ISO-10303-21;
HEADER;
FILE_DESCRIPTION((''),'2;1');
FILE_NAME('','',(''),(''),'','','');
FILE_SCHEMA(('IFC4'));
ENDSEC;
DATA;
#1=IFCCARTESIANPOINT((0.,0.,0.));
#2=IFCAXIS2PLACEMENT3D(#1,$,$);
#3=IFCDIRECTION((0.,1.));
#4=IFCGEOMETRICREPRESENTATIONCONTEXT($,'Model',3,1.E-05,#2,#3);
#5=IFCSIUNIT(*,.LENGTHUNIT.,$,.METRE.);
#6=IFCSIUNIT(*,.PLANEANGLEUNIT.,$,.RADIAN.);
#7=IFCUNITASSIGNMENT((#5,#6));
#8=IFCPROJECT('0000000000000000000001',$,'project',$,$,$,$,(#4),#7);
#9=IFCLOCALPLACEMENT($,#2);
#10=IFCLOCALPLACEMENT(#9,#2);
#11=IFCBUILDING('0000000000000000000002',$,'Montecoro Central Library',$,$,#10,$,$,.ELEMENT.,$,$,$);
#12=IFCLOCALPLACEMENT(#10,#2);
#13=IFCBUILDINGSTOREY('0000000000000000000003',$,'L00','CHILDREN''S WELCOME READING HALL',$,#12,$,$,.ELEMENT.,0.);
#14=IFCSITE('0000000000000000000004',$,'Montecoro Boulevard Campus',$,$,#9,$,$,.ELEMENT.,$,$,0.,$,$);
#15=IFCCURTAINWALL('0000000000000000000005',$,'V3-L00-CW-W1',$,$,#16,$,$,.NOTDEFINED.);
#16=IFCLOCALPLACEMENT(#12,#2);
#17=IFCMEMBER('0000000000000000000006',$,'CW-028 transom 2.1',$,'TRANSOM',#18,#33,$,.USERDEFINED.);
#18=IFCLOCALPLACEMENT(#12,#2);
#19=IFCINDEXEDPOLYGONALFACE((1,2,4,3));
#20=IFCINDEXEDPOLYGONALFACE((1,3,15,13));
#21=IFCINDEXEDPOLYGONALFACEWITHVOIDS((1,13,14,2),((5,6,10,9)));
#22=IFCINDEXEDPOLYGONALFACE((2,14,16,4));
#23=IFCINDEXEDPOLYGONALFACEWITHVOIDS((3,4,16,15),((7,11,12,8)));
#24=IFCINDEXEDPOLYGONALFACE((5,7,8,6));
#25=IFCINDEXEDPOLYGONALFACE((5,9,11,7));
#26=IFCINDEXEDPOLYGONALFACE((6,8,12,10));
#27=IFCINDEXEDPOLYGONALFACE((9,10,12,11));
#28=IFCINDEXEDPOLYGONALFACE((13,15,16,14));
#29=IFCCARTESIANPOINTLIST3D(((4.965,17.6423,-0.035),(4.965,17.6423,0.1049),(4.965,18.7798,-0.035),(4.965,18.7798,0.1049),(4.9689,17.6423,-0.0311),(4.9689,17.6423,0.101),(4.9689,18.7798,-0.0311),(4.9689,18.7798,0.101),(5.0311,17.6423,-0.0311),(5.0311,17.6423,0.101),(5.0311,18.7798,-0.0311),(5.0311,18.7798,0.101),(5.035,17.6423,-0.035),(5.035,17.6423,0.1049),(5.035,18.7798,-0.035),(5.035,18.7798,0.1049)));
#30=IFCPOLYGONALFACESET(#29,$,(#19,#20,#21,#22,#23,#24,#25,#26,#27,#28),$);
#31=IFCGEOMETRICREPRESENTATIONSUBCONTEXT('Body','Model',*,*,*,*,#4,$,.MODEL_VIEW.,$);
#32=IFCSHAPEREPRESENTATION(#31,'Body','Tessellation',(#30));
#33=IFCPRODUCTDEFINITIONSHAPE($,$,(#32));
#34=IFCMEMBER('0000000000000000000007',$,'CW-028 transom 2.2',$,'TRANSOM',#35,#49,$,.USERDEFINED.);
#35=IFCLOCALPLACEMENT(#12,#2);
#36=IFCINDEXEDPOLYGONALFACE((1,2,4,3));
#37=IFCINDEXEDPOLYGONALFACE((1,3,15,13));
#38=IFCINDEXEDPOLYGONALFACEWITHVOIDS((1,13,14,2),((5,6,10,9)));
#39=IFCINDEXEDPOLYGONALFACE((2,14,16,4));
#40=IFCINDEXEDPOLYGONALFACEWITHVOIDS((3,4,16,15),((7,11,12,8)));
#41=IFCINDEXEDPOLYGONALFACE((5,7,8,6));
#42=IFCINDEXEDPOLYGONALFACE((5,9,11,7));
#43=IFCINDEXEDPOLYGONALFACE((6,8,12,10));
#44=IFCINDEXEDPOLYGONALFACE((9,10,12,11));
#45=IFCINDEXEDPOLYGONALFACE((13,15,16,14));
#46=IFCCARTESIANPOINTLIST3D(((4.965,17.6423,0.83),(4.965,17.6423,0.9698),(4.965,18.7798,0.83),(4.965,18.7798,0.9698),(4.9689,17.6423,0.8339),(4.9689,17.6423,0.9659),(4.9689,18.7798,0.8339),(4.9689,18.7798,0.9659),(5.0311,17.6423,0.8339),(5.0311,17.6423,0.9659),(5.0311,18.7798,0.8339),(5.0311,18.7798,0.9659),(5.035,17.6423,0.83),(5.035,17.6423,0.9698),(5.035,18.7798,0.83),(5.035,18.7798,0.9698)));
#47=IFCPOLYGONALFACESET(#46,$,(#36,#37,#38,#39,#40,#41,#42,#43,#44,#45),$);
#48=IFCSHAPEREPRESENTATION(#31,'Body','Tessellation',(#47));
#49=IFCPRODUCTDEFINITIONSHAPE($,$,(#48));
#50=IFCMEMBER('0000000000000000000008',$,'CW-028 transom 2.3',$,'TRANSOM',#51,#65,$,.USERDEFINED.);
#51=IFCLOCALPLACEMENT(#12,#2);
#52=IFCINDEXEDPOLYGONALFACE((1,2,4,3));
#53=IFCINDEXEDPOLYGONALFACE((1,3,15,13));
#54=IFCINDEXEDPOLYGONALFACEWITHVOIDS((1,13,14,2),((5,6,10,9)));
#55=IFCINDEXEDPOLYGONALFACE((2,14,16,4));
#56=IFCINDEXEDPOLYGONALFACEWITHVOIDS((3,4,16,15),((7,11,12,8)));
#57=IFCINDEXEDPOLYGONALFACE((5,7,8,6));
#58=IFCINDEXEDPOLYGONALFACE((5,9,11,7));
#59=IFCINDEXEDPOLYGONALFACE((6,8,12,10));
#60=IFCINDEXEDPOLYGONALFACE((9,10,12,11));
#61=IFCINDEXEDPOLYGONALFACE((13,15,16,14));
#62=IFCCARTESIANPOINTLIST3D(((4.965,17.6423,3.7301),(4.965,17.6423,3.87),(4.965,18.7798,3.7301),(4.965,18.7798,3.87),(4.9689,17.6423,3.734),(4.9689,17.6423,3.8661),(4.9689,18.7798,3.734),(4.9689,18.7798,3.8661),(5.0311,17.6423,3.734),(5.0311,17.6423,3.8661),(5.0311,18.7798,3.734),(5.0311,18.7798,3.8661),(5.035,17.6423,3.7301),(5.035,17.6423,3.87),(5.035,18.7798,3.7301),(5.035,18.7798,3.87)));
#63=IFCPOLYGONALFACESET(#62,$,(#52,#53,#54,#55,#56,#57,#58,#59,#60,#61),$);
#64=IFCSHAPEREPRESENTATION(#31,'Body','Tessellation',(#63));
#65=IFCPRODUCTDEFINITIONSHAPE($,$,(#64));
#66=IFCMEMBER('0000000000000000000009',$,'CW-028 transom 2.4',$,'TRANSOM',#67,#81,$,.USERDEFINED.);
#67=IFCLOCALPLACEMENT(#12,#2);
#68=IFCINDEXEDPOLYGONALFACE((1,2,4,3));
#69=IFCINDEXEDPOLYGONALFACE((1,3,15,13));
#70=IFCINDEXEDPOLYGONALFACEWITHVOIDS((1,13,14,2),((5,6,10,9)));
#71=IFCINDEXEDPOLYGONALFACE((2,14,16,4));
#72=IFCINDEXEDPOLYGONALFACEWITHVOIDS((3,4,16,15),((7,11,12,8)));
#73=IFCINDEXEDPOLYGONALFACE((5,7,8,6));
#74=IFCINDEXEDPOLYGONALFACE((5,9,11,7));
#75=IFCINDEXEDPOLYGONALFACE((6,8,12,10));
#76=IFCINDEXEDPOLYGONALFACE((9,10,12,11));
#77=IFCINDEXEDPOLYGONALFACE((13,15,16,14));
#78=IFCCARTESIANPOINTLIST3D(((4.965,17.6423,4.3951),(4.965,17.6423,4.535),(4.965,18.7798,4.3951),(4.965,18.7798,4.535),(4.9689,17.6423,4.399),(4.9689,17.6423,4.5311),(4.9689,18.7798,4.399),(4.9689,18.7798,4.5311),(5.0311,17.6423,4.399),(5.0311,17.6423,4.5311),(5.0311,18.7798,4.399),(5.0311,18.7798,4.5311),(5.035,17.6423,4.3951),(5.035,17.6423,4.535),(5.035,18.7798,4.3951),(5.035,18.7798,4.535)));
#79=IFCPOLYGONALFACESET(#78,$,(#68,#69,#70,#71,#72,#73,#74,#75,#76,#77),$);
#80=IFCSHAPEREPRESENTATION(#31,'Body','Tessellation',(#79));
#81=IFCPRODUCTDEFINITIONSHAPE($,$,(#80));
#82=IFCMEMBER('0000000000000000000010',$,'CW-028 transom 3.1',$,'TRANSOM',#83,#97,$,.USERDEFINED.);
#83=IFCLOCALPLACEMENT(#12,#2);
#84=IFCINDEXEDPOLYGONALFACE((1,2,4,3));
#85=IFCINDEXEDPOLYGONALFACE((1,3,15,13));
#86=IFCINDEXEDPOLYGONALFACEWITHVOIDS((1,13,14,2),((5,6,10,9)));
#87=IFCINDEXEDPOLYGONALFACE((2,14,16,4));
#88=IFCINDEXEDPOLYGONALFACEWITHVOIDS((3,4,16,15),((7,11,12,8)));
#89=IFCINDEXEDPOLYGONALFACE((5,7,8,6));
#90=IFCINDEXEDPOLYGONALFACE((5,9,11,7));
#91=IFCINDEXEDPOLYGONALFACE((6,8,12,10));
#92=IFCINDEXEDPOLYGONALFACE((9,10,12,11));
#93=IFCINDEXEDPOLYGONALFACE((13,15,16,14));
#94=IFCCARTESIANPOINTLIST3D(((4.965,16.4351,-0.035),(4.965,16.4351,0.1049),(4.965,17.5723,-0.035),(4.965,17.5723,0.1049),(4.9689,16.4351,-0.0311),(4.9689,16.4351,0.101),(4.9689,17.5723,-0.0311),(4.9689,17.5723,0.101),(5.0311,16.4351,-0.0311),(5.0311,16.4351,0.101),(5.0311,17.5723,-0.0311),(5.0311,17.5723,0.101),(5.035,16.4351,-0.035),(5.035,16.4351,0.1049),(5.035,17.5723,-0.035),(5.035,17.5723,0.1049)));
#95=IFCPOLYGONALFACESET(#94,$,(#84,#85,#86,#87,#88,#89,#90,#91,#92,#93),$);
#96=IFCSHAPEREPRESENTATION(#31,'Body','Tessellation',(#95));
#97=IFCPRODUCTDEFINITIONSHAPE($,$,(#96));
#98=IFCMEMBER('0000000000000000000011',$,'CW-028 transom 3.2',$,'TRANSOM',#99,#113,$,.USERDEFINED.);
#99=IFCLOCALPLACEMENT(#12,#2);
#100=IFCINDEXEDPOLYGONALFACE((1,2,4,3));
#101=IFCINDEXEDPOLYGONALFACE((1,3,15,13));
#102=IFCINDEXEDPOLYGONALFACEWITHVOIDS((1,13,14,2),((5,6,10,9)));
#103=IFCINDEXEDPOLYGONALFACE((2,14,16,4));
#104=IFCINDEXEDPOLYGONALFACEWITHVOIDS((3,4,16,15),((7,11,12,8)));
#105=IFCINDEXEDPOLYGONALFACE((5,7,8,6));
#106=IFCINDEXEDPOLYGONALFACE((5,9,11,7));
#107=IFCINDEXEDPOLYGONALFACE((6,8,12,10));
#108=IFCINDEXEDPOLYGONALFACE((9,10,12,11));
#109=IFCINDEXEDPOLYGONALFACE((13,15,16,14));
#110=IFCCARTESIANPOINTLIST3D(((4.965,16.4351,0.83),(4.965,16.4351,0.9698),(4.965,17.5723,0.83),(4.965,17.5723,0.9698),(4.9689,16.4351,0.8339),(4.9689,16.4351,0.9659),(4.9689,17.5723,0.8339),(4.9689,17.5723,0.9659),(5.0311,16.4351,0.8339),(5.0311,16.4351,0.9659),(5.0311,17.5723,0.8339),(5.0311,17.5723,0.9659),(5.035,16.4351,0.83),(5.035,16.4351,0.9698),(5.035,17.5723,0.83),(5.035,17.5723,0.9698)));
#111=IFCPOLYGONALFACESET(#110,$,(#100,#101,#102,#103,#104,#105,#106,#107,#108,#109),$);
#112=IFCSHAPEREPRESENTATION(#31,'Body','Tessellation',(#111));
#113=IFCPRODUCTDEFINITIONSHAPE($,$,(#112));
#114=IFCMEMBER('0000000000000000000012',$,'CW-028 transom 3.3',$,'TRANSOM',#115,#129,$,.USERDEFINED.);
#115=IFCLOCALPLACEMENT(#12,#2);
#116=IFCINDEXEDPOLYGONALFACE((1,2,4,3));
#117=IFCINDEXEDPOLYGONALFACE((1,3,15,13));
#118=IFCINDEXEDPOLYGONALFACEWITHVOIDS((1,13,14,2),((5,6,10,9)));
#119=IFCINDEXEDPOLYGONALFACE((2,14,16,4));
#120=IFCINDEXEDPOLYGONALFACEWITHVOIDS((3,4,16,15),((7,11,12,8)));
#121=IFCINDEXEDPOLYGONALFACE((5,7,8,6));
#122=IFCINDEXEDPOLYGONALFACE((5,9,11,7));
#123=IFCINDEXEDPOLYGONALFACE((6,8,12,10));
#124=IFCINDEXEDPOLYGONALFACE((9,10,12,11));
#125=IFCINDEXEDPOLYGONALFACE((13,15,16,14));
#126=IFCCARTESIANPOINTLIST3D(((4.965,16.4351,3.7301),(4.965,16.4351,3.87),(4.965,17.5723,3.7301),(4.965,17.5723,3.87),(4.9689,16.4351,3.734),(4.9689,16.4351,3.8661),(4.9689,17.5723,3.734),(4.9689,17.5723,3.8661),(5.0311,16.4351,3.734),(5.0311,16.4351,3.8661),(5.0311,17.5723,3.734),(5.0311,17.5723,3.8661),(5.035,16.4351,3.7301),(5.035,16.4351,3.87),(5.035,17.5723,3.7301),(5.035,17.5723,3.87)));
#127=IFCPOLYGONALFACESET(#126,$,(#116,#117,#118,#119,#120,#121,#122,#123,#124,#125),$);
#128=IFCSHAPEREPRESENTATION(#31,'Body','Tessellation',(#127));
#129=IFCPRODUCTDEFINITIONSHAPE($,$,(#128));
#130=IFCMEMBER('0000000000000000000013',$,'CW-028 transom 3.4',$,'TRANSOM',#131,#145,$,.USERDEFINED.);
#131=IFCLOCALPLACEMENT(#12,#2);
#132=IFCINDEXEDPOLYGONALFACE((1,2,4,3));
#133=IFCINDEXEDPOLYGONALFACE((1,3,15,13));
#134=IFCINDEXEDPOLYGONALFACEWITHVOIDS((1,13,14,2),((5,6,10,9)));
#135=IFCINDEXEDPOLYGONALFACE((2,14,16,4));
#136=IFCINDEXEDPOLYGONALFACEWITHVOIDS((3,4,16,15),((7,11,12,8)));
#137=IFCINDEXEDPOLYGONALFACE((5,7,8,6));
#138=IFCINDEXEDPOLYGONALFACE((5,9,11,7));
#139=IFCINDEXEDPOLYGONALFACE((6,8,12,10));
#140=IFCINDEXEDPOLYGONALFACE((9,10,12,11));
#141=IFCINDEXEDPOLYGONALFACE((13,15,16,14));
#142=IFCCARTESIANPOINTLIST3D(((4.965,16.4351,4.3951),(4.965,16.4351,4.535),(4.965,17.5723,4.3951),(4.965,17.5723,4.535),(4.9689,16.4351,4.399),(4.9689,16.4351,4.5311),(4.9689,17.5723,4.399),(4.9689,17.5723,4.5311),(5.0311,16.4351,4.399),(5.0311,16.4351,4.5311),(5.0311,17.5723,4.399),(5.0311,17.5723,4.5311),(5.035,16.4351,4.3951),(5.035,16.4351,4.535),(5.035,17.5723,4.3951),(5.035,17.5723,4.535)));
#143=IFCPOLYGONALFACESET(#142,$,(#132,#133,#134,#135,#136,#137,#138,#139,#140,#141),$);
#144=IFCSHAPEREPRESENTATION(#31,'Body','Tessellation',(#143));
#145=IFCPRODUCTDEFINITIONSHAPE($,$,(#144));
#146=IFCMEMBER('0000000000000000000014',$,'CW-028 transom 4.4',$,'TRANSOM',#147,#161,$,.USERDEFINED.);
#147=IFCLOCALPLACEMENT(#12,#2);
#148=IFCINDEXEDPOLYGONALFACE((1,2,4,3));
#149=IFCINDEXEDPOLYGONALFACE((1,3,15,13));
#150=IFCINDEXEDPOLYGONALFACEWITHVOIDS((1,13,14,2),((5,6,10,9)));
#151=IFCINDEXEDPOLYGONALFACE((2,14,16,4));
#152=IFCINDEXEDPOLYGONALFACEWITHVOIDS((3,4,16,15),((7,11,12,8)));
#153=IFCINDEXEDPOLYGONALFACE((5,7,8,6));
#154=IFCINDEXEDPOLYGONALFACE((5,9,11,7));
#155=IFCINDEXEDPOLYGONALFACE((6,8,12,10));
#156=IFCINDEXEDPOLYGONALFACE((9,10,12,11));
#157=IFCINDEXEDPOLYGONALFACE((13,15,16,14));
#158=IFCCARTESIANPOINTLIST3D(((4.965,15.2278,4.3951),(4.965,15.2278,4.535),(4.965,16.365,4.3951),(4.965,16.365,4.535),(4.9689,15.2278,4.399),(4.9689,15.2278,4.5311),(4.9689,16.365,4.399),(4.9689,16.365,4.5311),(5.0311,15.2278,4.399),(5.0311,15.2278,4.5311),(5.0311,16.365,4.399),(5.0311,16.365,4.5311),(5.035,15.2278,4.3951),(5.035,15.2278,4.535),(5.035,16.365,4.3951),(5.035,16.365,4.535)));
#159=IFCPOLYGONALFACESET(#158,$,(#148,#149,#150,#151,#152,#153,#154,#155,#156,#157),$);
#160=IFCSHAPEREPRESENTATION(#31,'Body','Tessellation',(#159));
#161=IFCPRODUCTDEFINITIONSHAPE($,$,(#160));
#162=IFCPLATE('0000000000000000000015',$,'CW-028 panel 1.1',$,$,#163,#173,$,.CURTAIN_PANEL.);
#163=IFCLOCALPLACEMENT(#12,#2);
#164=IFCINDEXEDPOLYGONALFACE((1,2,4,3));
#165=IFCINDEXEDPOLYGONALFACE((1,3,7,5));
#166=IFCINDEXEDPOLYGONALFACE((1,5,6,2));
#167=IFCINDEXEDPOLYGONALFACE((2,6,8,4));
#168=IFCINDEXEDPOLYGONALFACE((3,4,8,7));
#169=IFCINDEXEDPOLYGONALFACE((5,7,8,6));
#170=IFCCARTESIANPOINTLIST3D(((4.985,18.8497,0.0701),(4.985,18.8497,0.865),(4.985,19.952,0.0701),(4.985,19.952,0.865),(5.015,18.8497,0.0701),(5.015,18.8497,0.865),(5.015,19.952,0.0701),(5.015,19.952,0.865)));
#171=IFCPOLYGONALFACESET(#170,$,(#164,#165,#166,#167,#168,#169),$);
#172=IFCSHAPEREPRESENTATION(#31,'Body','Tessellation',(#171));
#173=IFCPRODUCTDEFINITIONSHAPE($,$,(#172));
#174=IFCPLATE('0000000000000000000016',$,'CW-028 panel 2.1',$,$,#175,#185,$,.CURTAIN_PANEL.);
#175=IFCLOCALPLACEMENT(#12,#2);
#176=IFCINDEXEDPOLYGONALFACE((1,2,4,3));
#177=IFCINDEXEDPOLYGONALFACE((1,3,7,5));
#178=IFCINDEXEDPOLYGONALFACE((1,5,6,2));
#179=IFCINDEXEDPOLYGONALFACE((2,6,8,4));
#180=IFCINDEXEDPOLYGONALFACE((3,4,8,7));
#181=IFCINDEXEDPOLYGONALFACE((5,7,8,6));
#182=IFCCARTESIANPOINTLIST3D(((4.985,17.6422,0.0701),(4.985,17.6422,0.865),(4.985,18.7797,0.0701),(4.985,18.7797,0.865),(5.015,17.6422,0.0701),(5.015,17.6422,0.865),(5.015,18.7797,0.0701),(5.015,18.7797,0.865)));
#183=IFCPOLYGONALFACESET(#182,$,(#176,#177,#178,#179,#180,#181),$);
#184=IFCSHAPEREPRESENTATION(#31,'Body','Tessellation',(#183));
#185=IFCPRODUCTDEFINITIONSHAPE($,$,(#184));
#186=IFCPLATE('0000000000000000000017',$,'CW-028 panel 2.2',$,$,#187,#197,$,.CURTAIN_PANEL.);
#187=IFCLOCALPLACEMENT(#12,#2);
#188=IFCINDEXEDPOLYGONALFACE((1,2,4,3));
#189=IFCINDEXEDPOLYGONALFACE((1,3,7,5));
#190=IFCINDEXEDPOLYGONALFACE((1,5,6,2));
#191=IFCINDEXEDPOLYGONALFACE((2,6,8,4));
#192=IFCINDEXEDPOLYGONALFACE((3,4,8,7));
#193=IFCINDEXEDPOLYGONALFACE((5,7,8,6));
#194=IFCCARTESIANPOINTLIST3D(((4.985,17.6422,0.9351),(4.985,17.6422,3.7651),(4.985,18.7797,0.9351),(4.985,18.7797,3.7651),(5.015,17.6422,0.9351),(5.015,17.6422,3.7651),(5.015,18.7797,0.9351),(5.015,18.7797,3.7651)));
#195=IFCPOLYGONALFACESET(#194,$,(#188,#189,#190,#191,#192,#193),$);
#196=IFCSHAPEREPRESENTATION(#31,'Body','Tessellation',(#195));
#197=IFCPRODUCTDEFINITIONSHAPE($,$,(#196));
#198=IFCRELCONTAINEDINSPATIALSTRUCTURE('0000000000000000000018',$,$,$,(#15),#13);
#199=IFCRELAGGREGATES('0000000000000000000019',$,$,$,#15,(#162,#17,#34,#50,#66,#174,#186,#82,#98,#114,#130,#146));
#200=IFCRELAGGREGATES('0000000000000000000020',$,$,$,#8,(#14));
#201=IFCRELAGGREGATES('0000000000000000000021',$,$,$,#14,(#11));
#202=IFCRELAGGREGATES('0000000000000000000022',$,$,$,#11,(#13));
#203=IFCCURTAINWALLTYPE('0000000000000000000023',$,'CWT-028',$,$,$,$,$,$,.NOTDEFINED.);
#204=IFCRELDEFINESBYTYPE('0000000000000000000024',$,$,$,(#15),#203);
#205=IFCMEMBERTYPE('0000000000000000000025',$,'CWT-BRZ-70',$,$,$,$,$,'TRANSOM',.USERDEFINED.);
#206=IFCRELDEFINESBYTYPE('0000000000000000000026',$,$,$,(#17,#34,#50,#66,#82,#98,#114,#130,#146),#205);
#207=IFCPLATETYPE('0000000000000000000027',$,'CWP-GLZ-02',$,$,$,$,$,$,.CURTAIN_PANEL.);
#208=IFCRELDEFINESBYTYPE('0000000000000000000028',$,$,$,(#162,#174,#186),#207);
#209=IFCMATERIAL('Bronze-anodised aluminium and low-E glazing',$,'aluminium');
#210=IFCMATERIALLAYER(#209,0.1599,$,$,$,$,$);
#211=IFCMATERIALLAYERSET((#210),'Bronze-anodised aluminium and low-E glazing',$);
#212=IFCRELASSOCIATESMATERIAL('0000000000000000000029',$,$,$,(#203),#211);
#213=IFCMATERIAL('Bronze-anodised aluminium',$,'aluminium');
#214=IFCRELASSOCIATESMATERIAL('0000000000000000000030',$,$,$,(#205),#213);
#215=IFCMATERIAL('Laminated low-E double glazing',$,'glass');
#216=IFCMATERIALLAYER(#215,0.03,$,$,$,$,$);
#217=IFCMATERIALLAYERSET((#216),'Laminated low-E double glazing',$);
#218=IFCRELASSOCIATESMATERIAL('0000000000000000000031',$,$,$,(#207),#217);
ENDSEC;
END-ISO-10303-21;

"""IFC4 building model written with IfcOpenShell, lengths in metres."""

from ifc_helpers import new_model, si_unit, direction, frame, origin, origin_2d, place, context, subcontext, project, spatial, rectangle, hollow_rectangle, extrude, material, layer, layer_set, material_profile, profile_set, type_object, element, aggregate, save


model = new_model("IFC4")

# Units and contexts
model_context = context("Model", 3, precision=1e-05, world=origin(), true_north=direction((0.0, 1.0)))
body_context = subcontext(model_context, "Body", "Model", "MODEL_VIEW")
ifc_project = project(units=[si_unit("LENGTHUNIT", "METRE"), si_unit("PLANEANGLEUNIT", "RADIAN")], contexts=[model_context])

# Site, building, storey
site_placement = place(None, origin())
site = spatial("IfcSite", under=ifc_project, at=site_placement, Name="Montecoro Boulevard Campus", CompositionType="ELEMENT", RefElevation=0.0)
building_placement = place(site_placement, origin())
building = spatial("IfcBuilding", under=site, at=building_placement, Name="Montecoro Central Library", CompositionType="ELEMENT")
storey_placement = place(building_placement, origin())
storey = spatial("IfcBuildingStorey", under=building, at=storey_placement, Name="L00", Description="CHILDREN'S WELCOME READING HALL", CompositionType="ELEMENT", Elevation=0.0)

# Curtain wall, members, plates
ifc_material_1 = material(Name="Bronze-anodised aluminium and low-E glazing", Category="aluminium")
ifc_layer_1 = layer(ifc_material_1, 0.1599)
ifc_layer_set_1 = layer_set([ifc_layer_1], Name="Bronze-anodised aluminium and low-E glazing")
curtain_wall_type = type_object("IfcCurtainWallType", Name="CWT-028", PredefinedType="NOTDEFINED", material=ifc_layer_set_1)
curtain_wall_placement = place(storey_placement, origin())
curtain_wall = element("IfcCurtainWall", 1, at=curtain_wall_placement, inside=storey, type_object=curtain_wall_type, Name="V3-L00-CW-W1", PredefinedType="NOTDEFINED")
ifc_material_2 = material(Name="Bronze-anodised aluminium", Category="aluminium")
ifc_material_profile_1 = material_profile(ifc_material_2, hollow_rectangle(XDim=0.0701, YDim=0.1399, WallThickness=0.0039, at=origin_2d()), Name="CWT 140x70x4.0")
ifc_profile_set_1 = profile_set([ifc_material_profile_1], Name="Bronze-anodised aluminium")
member_type_1 = type_object("IfcMemberType", Name="CWT-BRZ-70", ElementType="TRANSOM", PredefinedType="USERDEFINED", material=ifc_profile_set_1)
member_1_placement = place(storey_placement, frame((5.0, 18.7798, 0.0349), z_axis=(0.0, -1.0, 0.0), x_axis=(1.0, 0.0, 0.0)))
member_1 = element("IfcMember", 2, at=member_1_placement, type_object=member_type_1, Name="CW-028 transom 2.1", ObjectType="TRANSOM", PredefinedType="USERDEFINED", context=body_context, shape_type="SweptSolid", body=[
    extrude(hollow_rectangle(XDim=0.0701, YDim=0.1399, WallThickness=0.0039, at=origin_2d()), origin(), (0.0, 0.0, 1.0), 1.1375),
])
member_2_placement = place(storey_placement, frame((5.0, 18.7798, 0.8999), z_axis=(0.0, -1.0, 0.0), x_axis=(1.0, 0.0, 0.0)))
member_2 = element("IfcMember", 3, at=member_2_placement, type_object=member_type_1, Name="CW-028 transom 2.2", ObjectType="TRANSOM", PredefinedType="USERDEFINED", context=body_context, shape_type="SweptSolid", body=[
    extrude(hollow_rectangle(XDim=0.0701, YDim=0.1399, WallThickness=0.0039, at=origin_2d()), origin(), (0.0, 0.0, 1.0), 1.1375),
])
member_3_placement = place(storey_placement, frame((5.0, 18.7798, 3.8), z_axis=(0.0, -1.0, 0.0), x_axis=(1.0, 0.0, 0.0)))
member_3 = element("IfcMember", 4, at=member_3_placement, type_object=member_type_1, Name="CW-028 transom 2.3", ObjectType="TRANSOM", PredefinedType="USERDEFINED", context=body_context, shape_type="SweptSolid", body=[
    extrude(hollow_rectangle(XDim=0.0701, YDim=0.1399, WallThickness=0.0039, at=origin_2d()), origin(), (0.0, 0.0, 1.0), 1.1375),
])
member_4_placement = place(storey_placement, frame((5.0, 18.7798, 4.4651), z_axis=(0.0, -1.0, 0.0), x_axis=(1.0, 0.0, 0.0)))
member_4 = element("IfcMember", 5, at=member_4_placement, type_object=member_type_1, Name="CW-028 transom 2.4", ObjectType="TRANSOM", PredefinedType="USERDEFINED", context=body_context, shape_type="SweptSolid", body=[
    extrude(hollow_rectangle(XDim=0.0701, YDim=0.1399, WallThickness=0.0039, at=origin_2d()), origin(), (0.0, 0.0, 1.0), 1.1375),
])
member_5_placement = place(storey_placement, frame((5.0, 17.5723, 0.0349), z_axis=(0.0, -1.0, 0.0), x_axis=(1.0, 0.0, 0.0)))
member_5 = element("IfcMember", 6, at=member_5_placement, type_object=member_type_1, Name="CW-028 transom 3.1", ObjectType="TRANSOM", PredefinedType="USERDEFINED", context=body_context, shape_type="SweptSolid", body=[
    extrude(hollow_rectangle(XDim=0.0701, YDim=0.1399, WallThickness=0.0039, at=origin_2d()), origin(), (0.0, 0.0, 1.0), 1.1372),
])
member_6_placement = place(storey_placement, frame((5.0, 17.5723, 0.8999), z_axis=(0.0, -1.0, 0.0), x_axis=(1.0, 0.0, 0.0)))
member_6 = element("IfcMember", 7, at=member_6_placement, type_object=member_type_1, Name="CW-028 transom 3.2", ObjectType="TRANSOM", PredefinedType="USERDEFINED", context=body_context, shape_type="SweptSolid", body=[
    extrude(hollow_rectangle(XDim=0.0701, YDim=0.1399, WallThickness=0.0039, at=origin_2d()), origin(), (0.0, 0.0, 1.0), 1.1372),
])
member_7_placement = place(storey_placement, frame((5.0, 17.5723, 3.8), z_axis=(0.0, -1.0, 0.0), x_axis=(1.0, 0.0, 0.0)))
member_7 = element("IfcMember", 8, at=member_7_placement, type_object=member_type_1, Name="CW-028 transom 3.3", ObjectType="TRANSOM", PredefinedType="USERDEFINED", context=body_context, shape_type="SweptSolid", body=[
    extrude(hollow_rectangle(XDim=0.0701, YDim=0.1399, WallThickness=0.0039, at=origin_2d()), origin(), (0.0, 0.0, 1.0), 1.1372),
])
member_8_placement = place(storey_placement, frame((5.0, 17.5723, 4.4651), z_axis=(0.0, -1.0, 0.0), x_axis=(1.0, 0.0, 0.0)))
member_8 = element("IfcMember", 9, at=member_8_placement, type_object=member_type_1, Name="CW-028 transom 3.4", ObjectType="TRANSOM", PredefinedType="USERDEFINED", context=body_context, shape_type="SweptSolid", body=[
    extrude(hollow_rectangle(XDim=0.0701, YDim=0.1399, WallThickness=0.0039, at=origin_2d()), origin(), (0.0, 0.0, 1.0), 1.1372),
])
member_9_placement = place(storey_placement, frame((5.0, 16.365, 4.4651), z_axis=(0.0, -1.0, 0.0), x_axis=(1.0, 0.0, 0.0)))
member_9 = element("IfcMember", 10, at=member_9_placement, type_object=member_type_1, Name="CW-028 transom 4.4", ObjectType="TRANSOM", PredefinedType="USERDEFINED", context=body_context, shape_type="SweptSolid", body=[
    extrude(hollow_rectangle(XDim=0.0701, YDim=0.1399, WallThickness=0.0039, at=origin_2d()), origin(), (0.0, 0.0, 1.0), 1.1372),
])
ifc_material_3 = material(Name="Laminated low-E double glazing", Category="glass")
ifc_layer_2 = layer(ifc_material_3, 0.03)
ifc_layer_set_2 = layer_set([ifc_layer_2], Name="Laminated low-E double glazing")
plate_type = type_object("IfcPlateType", Name="CWP-GLZ-02", PredefinedType="CURTAIN_PANEL", material=ifc_layer_set_2)
plate_1_placement = place(storey_placement, frame((5.0, 19.4009, 0.0701), z_axis=(0.0, 0.0, 1.0), x_axis=(0.0, -1.0, 0.0)))
plate_1 = element("IfcPlate", 11, at=plate_1_placement, type_object=plate_type, Name="CW-028 panel 1.1", PredefinedType="CURTAIN_PANEL", context=body_context, shape_type="SweptSolid", body=[
    extrude(rectangle(XDim=1.1023, YDim=0.03, at=origin_2d()), origin(), (0.0, 0.0, 1.0), 0.7949),
])
plate_2_placement = place(storey_placement, frame((5.0, 18.2109, 0.0701), z_axis=(0.0, 0.0, 1.0), x_axis=(0.0, -1.0, 0.0)))
plate_2 = element("IfcPlate", 12, at=plate_2_placement, type_object=plate_type, Name="CW-028 panel 2.1", PredefinedType="CURTAIN_PANEL", context=body_context, shape_type="SweptSolid", body=[
    extrude(rectangle(XDim=1.1375, YDim=0.03, at=origin_2d()), origin(), (0.0, 0.0, 1.0), 0.7949),
])
plate_3_placement = place(storey_placement, frame((5.0, 18.2109, 0.9351), z_axis=(0.0, 0.0, 1.0), x_axis=(0.0, -1.0, 0.0)))
plate_3 = element("IfcPlate", 13, at=plate_3_placement, type_object=plate_type, Name="CW-028 panel 2.2", PredefinedType="CURTAIN_PANEL", context=body_context, shape_type="SweptSolid", body=[
    extrude(rectangle(XDim=1.1375, YDim=0.03, at=origin_2d()), origin(), (0.0, 0.0, 1.0), 2.8301),
])
aggregate(curtain_wall, [plate_1, member_1, member_2, member_3, member_4, plate_2, plate_3, member_5, member_6, member_7, member_8, member_9])

save(model, "model.ifc")
